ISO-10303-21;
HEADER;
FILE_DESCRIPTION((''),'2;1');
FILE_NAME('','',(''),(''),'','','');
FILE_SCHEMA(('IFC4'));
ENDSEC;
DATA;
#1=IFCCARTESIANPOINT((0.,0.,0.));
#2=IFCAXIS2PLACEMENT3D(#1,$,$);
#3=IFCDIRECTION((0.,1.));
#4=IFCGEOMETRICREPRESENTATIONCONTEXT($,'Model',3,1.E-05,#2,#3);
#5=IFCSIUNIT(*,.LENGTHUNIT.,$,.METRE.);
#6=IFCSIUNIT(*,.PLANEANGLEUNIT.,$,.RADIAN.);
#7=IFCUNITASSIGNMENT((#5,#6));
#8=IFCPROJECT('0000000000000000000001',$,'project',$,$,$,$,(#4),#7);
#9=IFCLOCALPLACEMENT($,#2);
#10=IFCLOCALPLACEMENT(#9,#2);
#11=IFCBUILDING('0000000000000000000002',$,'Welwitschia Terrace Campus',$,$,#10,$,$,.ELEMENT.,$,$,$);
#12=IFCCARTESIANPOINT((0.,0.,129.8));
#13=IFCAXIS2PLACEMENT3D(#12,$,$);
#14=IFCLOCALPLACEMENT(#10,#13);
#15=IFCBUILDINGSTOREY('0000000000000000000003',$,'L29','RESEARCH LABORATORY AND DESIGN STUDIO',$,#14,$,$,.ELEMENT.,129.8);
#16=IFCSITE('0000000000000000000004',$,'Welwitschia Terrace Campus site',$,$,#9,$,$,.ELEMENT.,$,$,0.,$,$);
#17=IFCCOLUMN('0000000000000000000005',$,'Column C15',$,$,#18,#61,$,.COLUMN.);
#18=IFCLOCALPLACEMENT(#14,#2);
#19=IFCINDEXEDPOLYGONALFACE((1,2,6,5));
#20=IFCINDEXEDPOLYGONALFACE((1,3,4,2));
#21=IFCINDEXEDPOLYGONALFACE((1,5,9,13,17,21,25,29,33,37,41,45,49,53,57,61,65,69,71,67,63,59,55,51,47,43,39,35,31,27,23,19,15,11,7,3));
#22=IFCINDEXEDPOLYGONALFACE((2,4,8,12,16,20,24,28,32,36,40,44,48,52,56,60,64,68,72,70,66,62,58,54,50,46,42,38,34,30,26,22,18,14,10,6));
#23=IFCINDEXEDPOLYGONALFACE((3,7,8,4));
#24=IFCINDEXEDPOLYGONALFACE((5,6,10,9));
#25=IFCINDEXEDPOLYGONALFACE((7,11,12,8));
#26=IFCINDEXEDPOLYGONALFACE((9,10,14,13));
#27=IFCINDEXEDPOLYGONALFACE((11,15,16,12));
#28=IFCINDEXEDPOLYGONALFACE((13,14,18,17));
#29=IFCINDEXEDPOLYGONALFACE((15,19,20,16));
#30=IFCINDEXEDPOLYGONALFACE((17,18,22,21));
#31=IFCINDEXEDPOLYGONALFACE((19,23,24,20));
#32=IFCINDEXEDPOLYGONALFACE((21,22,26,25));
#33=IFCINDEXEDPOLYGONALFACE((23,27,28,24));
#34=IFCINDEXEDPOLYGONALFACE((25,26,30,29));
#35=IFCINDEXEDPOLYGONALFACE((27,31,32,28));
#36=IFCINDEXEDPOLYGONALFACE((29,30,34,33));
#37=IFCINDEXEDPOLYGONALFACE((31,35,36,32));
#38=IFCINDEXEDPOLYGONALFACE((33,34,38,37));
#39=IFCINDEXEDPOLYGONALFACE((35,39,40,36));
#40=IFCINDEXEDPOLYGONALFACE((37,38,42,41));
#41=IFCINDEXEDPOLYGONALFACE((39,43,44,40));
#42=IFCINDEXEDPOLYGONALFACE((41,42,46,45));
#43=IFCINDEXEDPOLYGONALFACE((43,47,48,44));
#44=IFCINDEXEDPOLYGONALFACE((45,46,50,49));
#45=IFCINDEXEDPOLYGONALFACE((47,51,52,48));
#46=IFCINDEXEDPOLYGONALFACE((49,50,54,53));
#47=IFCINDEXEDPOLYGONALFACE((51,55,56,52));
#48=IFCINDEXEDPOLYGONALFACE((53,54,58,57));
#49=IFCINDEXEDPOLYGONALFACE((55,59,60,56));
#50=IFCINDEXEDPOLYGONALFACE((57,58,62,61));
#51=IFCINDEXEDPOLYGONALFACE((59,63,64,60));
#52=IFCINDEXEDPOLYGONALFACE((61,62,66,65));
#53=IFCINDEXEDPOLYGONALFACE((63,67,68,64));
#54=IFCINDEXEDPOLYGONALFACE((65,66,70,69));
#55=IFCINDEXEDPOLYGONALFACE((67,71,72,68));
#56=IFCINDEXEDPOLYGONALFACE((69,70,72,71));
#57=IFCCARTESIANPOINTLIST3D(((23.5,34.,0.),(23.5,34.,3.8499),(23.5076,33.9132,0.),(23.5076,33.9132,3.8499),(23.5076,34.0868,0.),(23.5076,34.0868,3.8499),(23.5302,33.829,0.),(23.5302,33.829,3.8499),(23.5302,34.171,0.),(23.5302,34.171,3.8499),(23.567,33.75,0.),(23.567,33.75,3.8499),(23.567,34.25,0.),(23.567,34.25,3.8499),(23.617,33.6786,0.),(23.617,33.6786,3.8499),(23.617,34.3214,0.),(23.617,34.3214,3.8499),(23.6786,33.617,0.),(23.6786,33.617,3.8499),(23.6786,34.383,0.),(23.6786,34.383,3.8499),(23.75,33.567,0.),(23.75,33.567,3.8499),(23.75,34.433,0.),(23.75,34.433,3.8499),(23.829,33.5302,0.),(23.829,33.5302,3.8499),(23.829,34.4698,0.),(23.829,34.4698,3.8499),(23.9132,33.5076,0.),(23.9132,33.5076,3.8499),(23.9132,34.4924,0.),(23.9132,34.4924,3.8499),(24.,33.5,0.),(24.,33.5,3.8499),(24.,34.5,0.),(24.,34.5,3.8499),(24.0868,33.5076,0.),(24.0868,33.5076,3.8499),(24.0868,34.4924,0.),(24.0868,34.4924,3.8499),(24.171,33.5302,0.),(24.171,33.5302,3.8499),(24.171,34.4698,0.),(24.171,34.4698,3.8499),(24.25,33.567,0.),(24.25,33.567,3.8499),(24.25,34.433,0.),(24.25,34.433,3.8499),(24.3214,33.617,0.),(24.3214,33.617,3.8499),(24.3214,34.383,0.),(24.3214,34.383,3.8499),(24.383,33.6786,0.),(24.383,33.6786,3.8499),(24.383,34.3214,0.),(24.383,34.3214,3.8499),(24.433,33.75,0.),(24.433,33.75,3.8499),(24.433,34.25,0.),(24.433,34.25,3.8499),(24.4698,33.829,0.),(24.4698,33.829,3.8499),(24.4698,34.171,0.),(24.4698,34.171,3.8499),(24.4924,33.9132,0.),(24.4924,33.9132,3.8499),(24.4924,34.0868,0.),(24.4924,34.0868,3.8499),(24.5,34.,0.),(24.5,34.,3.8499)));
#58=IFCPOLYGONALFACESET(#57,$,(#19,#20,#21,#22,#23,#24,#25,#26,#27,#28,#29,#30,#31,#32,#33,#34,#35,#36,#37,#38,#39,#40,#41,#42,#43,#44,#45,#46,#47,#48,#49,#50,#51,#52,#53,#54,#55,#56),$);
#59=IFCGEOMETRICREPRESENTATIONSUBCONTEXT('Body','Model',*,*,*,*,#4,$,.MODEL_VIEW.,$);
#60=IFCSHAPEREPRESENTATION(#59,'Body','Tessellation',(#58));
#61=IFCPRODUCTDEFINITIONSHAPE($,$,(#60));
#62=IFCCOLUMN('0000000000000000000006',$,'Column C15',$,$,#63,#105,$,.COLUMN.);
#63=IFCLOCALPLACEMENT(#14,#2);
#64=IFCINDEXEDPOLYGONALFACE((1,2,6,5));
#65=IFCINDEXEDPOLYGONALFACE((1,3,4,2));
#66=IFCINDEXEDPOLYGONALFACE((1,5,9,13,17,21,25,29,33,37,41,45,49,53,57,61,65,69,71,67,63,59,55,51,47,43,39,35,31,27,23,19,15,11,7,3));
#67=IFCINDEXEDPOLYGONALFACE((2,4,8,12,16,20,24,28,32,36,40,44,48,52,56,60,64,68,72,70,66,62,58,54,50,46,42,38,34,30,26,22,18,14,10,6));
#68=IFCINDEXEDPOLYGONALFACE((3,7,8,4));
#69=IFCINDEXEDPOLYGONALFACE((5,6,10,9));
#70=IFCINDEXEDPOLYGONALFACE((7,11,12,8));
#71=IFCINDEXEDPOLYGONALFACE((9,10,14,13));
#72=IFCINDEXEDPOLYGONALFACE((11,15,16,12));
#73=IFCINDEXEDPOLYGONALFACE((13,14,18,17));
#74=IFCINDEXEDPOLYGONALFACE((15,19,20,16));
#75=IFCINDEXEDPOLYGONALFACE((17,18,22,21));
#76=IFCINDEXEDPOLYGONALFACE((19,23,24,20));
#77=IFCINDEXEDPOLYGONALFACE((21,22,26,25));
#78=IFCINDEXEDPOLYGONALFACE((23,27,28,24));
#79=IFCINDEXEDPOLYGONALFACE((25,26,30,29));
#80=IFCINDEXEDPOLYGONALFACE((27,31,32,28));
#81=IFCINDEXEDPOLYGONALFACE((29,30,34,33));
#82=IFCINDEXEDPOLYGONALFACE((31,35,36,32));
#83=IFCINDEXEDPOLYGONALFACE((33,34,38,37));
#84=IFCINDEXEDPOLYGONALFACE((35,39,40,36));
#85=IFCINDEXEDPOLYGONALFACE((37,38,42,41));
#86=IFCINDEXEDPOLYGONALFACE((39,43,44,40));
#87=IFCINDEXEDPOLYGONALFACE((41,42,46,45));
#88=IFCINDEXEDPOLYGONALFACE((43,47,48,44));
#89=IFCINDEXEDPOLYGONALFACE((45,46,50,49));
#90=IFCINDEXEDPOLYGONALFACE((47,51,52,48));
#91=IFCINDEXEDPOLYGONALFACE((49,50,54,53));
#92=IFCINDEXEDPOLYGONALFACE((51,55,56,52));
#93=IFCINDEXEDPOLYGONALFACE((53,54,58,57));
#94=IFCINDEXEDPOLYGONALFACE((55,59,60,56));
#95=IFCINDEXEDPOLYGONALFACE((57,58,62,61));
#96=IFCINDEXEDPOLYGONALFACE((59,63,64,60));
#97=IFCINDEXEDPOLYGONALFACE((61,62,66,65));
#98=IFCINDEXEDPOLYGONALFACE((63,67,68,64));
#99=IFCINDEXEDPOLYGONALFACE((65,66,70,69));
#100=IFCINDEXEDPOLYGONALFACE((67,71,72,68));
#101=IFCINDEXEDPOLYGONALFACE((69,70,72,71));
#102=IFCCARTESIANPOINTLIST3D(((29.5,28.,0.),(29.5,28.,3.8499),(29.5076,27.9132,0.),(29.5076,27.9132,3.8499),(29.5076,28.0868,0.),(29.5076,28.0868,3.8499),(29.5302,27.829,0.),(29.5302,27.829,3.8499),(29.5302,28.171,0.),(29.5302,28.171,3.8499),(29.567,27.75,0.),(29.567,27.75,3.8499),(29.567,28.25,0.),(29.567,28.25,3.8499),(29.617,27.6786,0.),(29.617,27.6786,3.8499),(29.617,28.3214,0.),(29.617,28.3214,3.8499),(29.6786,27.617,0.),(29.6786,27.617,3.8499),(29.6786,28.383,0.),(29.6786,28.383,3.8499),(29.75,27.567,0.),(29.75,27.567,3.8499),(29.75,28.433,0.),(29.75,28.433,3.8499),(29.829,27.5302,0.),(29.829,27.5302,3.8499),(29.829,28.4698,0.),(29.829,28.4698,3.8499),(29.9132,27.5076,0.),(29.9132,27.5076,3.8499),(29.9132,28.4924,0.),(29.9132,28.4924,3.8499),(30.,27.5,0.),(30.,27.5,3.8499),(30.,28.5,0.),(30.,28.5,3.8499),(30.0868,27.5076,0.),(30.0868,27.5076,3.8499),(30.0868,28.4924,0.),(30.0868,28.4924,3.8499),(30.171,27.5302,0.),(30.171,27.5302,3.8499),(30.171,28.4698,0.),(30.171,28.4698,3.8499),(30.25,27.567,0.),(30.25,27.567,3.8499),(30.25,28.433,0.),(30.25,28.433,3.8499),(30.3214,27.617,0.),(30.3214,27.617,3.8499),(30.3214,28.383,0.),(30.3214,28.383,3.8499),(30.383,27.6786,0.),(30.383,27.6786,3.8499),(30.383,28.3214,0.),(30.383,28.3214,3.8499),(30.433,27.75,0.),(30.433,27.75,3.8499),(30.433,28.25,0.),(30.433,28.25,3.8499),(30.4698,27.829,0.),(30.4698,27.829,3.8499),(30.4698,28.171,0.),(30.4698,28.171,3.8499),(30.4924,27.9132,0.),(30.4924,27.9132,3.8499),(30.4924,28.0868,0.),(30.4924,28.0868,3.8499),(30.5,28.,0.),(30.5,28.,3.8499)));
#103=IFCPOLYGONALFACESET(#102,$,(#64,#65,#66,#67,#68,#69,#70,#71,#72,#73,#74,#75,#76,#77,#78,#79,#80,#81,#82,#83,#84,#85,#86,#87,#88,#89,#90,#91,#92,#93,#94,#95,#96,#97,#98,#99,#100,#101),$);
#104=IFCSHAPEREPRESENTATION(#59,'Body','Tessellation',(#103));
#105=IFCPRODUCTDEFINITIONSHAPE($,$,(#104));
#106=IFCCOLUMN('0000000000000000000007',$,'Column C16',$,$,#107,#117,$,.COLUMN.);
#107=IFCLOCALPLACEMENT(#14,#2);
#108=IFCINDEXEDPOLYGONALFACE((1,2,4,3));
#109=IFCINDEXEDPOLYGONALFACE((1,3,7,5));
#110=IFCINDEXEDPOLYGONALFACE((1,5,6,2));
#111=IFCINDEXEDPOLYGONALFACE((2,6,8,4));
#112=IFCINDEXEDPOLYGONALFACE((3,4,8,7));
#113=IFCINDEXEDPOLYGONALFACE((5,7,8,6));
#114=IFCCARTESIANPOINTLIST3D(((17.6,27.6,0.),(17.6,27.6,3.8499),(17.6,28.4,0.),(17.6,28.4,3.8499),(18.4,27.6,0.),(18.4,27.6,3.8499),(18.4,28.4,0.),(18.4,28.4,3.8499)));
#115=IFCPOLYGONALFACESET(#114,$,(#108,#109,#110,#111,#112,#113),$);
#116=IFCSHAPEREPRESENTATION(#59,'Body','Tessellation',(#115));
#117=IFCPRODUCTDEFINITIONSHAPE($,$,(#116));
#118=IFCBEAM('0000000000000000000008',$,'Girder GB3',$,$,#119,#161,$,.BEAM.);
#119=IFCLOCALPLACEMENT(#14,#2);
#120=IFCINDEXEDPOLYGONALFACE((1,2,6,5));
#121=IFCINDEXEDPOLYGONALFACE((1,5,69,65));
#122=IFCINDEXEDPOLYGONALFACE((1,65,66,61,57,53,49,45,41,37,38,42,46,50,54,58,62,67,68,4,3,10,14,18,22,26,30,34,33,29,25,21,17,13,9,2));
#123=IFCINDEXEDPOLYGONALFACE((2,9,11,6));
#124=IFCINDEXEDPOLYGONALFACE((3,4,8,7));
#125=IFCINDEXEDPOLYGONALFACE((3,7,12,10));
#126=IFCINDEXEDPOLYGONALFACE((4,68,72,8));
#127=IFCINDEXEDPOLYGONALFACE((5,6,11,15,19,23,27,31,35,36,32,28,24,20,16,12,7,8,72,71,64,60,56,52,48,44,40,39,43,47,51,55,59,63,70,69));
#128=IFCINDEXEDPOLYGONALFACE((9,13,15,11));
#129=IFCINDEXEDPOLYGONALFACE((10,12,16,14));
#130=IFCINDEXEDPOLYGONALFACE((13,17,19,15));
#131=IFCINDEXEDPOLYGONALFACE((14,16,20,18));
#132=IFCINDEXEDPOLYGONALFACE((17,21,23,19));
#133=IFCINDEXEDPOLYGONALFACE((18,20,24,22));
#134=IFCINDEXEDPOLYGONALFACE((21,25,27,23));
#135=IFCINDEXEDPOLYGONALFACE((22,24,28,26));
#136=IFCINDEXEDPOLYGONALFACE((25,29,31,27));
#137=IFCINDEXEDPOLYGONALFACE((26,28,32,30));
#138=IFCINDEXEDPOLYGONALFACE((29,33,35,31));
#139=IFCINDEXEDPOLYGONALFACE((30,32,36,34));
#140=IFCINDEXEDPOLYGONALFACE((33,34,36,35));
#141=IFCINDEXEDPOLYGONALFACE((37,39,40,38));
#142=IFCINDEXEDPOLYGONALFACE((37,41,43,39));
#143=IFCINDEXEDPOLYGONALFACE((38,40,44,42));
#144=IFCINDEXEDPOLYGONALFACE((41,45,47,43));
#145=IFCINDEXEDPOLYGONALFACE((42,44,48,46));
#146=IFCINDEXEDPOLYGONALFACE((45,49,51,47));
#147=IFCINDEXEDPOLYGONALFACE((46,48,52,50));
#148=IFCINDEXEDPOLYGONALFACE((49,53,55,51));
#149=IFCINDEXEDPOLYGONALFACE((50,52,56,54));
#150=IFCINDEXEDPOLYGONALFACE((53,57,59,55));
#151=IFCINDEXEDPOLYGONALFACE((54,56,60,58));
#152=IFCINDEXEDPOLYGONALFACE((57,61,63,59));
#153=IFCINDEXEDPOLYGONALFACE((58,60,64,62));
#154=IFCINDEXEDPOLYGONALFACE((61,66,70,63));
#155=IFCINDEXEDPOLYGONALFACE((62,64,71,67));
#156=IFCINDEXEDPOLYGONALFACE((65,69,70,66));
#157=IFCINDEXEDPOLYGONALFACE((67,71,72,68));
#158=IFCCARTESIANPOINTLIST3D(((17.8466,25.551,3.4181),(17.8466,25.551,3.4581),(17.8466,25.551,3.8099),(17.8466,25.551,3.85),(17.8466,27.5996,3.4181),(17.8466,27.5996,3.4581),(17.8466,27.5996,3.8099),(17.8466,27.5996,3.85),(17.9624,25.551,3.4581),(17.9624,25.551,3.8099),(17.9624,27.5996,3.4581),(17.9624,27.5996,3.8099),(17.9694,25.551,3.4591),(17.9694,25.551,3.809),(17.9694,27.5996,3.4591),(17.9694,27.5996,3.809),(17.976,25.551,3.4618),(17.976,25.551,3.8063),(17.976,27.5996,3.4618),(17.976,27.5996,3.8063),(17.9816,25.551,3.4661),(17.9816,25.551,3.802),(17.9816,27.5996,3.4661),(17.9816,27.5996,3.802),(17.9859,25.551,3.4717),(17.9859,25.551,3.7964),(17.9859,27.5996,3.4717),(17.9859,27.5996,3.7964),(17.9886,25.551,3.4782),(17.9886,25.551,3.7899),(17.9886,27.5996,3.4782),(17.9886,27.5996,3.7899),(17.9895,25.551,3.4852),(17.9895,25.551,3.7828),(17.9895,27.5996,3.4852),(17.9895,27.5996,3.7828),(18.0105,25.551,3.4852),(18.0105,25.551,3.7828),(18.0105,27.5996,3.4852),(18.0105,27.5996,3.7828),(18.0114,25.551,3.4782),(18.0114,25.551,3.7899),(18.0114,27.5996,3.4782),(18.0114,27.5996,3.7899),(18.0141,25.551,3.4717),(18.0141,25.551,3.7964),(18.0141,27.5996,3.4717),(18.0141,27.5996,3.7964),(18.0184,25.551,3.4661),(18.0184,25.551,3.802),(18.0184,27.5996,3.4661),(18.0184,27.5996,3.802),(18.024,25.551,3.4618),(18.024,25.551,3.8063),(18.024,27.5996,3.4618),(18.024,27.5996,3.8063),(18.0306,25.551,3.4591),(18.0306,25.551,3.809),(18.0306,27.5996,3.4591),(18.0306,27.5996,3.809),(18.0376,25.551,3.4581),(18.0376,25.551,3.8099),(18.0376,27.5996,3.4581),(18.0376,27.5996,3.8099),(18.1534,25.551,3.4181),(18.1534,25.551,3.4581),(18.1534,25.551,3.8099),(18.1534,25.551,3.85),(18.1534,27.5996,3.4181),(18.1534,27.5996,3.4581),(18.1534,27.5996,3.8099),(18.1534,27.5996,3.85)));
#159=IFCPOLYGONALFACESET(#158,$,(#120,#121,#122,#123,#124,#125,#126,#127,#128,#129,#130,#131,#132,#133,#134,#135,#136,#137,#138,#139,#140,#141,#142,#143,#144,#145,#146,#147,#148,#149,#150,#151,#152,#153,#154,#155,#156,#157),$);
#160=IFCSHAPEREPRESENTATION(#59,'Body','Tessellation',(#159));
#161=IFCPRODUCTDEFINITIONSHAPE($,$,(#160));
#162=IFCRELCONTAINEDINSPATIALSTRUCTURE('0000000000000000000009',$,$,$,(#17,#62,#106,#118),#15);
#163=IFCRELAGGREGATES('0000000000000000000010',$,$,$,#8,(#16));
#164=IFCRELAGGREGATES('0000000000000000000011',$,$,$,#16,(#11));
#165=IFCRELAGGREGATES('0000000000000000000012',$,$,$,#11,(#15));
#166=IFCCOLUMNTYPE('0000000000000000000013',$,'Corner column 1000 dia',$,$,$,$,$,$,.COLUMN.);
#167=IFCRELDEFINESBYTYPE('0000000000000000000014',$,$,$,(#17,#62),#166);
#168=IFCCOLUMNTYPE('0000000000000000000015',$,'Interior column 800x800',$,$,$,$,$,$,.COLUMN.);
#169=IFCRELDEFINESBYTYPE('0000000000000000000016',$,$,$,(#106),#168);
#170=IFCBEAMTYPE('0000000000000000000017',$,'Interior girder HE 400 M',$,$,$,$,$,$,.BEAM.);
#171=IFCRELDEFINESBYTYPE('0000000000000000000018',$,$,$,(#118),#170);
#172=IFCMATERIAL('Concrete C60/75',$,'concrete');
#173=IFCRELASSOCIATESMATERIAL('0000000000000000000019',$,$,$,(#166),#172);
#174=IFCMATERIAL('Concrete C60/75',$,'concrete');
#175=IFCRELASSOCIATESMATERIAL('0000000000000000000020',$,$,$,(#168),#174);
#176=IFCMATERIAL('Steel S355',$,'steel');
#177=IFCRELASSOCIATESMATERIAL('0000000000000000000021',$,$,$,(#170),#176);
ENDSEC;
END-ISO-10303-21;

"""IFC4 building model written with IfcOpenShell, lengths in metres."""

from ifc_helpers import new_model, si_unit, direction, frame, origin, origin_2d, place, context, subcontext, project, spatial, rectangle, circle, i_section, extrude, material, material_profile, profile_set, type_object, element, save


model = new_model("IFC4")

# Units and contexts
model_context = context("Model", 3, precision=1e-05, world=origin(), true_north=direction((0.0, 1.0)))
body_context = subcontext(model_context, "Body", "Model", "MODEL_VIEW")
ifc_project = project(units=[si_unit("LENGTHUNIT", "METRE"), si_unit("PLANEANGLEUNIT", "RADIAN")], contexts=[model_context])

# Site, building, storey
site_placement = place(None, origin())
site = spatial("IfcSite", under=ifc_project, at=site_placement, Name="Welwitschia Terrace Campus site", CompositionType="ELEMENT", RefElevation=0.0)
building_placement = place(site_placement, origin())
building = spatial("IfcBuilding", under=site, at=building_placement, Name="Welwitschia Terrace Campus", CompositionType="ELEMENT")
storey_placement = place(building_placement, frame((0.0, 0.0, 129.8)))
storey = spatial("IfcBuildingStorey", under=building, at=storey_placement, Name="L29", Description="RESEARCH LABORATORY AND DESIGN STUDIO", CompositionType="ELEMENT", Elevation=129.8)

# Columns
ifc_material_1 = material(Name="Concrete C60/75", Category="concrete")
ifc_material_profile_1 = material_profile(ifc_material_1, circle(Radius=0.5, at=origin_2d()))
ifc_profile_set_1 = profile_set([ifc_material_profile_1], Name="Concrete C60/75")
column_type_1 = type_object("IfcColumnType", Name="Corner column 1000 dia", PredefinedType="COLUMN", material=ifc_profile_set_1)
for number, where, z_axis, x_axis, name in (
    (1, (24.0, 34.0, 0.0), (0.0, 0.0, 1.0), (1.0, 0.0, 0.0), "Column C15"),
    (2, (30.0, 28.0, 0.0), (0.0, 0.0, 1.0), (1.0, 0.0, 0.0), "Column C15"),
):
    element("IfcColumn", number, at=place(storey_placement, frame(where, z_axis=z_axis, x_axis=x_axis)), inside=storey, type_object=column_type_1, Name=name, PredefinedType="COLUMN", context=body_context, shape_type="SweptSolid", body=[
        extrude(circle(Radius=0.5, at=origin_2d()), origin(), (0.0, 0.0, 1.0), 3.8499),
    ])
ifc_material_2 = material(Name="Concrete C60/75", Category="concrete")
ifc_material_profile_2 = material_profile(ifc_material_2, rectangle(XDim=0.8, YDim=0.8, at=origin_2d()))
ifc_profile_set_2 = profile_set([ifc_material_profile_2], Name="Concrete C60/75")
column_type_2 = type_object("IfcColumnType", Name="Interior column 800x800", PredefinedType="COLUMN", material=ifc_profile_set_2)
column_placement = place(storey_placement, frame((18.0, 28.0, 0.0), z_axis=(0.0, 0.0, 1.0), x_axis=(1.0, 0.0, 0.0)))
element("IfcColumn", 3, at=column_placement, inside=storey, type_object=column_type_2, Name="Column C16", PredefinedType="COLUMN", context=body_context, shape_type="SweptSolid", body=[
    extrude(rectangle(XDim=0.8, YDim=0.8, at=origin_2d()), origin(), (0.0, 0.0, 1.0), 3.8499),
])

# Beam
ifc_material_3 = material(Name="Steel S355", Category="steel")
ifc_material_profile_3 = material_profile(ifc_material_3, i_section(OverallWidth=0.3069, OverallDepth=0.4319, WebThickness=0.021, FlangeThickness=0.04, FilletRadius=0.0271, at=origin_2d()))
ifc_profile_set_3 = profile_set([ifc_material_profile_3], Name="Steel S355")
beam_type_1 = type_object("IfcBeamType", Name="Interior girder HE 400 M", PredefinedType="BEAM", material=ifc_profile_set_3)
beam_1_placement = place(storey_placement, frame((18.0, 25.551, 3.634), z_axis=(0.0, 1.0, 0.0), x_axis=(-1.0, 0.0, 0.0)))
element("IfcBeam", 4, at=beam_1_placement, inside=storey, type_object=beam_type_1, Name="Girder GB3", PredefinedType="BEAM", context=body_context, shape_type="SweptSolid", body=[
    extrude(i_section(OverallWidth=0.3069, OverallDepth=0.4319, WebThickness=0.021, FlangeThickness=0.04, FilletRadius=0.0271, at=origin_2d()), origin(), (0.0, 0.0, 1.0), 2.0486),
])

save(model, "model.ifc")
